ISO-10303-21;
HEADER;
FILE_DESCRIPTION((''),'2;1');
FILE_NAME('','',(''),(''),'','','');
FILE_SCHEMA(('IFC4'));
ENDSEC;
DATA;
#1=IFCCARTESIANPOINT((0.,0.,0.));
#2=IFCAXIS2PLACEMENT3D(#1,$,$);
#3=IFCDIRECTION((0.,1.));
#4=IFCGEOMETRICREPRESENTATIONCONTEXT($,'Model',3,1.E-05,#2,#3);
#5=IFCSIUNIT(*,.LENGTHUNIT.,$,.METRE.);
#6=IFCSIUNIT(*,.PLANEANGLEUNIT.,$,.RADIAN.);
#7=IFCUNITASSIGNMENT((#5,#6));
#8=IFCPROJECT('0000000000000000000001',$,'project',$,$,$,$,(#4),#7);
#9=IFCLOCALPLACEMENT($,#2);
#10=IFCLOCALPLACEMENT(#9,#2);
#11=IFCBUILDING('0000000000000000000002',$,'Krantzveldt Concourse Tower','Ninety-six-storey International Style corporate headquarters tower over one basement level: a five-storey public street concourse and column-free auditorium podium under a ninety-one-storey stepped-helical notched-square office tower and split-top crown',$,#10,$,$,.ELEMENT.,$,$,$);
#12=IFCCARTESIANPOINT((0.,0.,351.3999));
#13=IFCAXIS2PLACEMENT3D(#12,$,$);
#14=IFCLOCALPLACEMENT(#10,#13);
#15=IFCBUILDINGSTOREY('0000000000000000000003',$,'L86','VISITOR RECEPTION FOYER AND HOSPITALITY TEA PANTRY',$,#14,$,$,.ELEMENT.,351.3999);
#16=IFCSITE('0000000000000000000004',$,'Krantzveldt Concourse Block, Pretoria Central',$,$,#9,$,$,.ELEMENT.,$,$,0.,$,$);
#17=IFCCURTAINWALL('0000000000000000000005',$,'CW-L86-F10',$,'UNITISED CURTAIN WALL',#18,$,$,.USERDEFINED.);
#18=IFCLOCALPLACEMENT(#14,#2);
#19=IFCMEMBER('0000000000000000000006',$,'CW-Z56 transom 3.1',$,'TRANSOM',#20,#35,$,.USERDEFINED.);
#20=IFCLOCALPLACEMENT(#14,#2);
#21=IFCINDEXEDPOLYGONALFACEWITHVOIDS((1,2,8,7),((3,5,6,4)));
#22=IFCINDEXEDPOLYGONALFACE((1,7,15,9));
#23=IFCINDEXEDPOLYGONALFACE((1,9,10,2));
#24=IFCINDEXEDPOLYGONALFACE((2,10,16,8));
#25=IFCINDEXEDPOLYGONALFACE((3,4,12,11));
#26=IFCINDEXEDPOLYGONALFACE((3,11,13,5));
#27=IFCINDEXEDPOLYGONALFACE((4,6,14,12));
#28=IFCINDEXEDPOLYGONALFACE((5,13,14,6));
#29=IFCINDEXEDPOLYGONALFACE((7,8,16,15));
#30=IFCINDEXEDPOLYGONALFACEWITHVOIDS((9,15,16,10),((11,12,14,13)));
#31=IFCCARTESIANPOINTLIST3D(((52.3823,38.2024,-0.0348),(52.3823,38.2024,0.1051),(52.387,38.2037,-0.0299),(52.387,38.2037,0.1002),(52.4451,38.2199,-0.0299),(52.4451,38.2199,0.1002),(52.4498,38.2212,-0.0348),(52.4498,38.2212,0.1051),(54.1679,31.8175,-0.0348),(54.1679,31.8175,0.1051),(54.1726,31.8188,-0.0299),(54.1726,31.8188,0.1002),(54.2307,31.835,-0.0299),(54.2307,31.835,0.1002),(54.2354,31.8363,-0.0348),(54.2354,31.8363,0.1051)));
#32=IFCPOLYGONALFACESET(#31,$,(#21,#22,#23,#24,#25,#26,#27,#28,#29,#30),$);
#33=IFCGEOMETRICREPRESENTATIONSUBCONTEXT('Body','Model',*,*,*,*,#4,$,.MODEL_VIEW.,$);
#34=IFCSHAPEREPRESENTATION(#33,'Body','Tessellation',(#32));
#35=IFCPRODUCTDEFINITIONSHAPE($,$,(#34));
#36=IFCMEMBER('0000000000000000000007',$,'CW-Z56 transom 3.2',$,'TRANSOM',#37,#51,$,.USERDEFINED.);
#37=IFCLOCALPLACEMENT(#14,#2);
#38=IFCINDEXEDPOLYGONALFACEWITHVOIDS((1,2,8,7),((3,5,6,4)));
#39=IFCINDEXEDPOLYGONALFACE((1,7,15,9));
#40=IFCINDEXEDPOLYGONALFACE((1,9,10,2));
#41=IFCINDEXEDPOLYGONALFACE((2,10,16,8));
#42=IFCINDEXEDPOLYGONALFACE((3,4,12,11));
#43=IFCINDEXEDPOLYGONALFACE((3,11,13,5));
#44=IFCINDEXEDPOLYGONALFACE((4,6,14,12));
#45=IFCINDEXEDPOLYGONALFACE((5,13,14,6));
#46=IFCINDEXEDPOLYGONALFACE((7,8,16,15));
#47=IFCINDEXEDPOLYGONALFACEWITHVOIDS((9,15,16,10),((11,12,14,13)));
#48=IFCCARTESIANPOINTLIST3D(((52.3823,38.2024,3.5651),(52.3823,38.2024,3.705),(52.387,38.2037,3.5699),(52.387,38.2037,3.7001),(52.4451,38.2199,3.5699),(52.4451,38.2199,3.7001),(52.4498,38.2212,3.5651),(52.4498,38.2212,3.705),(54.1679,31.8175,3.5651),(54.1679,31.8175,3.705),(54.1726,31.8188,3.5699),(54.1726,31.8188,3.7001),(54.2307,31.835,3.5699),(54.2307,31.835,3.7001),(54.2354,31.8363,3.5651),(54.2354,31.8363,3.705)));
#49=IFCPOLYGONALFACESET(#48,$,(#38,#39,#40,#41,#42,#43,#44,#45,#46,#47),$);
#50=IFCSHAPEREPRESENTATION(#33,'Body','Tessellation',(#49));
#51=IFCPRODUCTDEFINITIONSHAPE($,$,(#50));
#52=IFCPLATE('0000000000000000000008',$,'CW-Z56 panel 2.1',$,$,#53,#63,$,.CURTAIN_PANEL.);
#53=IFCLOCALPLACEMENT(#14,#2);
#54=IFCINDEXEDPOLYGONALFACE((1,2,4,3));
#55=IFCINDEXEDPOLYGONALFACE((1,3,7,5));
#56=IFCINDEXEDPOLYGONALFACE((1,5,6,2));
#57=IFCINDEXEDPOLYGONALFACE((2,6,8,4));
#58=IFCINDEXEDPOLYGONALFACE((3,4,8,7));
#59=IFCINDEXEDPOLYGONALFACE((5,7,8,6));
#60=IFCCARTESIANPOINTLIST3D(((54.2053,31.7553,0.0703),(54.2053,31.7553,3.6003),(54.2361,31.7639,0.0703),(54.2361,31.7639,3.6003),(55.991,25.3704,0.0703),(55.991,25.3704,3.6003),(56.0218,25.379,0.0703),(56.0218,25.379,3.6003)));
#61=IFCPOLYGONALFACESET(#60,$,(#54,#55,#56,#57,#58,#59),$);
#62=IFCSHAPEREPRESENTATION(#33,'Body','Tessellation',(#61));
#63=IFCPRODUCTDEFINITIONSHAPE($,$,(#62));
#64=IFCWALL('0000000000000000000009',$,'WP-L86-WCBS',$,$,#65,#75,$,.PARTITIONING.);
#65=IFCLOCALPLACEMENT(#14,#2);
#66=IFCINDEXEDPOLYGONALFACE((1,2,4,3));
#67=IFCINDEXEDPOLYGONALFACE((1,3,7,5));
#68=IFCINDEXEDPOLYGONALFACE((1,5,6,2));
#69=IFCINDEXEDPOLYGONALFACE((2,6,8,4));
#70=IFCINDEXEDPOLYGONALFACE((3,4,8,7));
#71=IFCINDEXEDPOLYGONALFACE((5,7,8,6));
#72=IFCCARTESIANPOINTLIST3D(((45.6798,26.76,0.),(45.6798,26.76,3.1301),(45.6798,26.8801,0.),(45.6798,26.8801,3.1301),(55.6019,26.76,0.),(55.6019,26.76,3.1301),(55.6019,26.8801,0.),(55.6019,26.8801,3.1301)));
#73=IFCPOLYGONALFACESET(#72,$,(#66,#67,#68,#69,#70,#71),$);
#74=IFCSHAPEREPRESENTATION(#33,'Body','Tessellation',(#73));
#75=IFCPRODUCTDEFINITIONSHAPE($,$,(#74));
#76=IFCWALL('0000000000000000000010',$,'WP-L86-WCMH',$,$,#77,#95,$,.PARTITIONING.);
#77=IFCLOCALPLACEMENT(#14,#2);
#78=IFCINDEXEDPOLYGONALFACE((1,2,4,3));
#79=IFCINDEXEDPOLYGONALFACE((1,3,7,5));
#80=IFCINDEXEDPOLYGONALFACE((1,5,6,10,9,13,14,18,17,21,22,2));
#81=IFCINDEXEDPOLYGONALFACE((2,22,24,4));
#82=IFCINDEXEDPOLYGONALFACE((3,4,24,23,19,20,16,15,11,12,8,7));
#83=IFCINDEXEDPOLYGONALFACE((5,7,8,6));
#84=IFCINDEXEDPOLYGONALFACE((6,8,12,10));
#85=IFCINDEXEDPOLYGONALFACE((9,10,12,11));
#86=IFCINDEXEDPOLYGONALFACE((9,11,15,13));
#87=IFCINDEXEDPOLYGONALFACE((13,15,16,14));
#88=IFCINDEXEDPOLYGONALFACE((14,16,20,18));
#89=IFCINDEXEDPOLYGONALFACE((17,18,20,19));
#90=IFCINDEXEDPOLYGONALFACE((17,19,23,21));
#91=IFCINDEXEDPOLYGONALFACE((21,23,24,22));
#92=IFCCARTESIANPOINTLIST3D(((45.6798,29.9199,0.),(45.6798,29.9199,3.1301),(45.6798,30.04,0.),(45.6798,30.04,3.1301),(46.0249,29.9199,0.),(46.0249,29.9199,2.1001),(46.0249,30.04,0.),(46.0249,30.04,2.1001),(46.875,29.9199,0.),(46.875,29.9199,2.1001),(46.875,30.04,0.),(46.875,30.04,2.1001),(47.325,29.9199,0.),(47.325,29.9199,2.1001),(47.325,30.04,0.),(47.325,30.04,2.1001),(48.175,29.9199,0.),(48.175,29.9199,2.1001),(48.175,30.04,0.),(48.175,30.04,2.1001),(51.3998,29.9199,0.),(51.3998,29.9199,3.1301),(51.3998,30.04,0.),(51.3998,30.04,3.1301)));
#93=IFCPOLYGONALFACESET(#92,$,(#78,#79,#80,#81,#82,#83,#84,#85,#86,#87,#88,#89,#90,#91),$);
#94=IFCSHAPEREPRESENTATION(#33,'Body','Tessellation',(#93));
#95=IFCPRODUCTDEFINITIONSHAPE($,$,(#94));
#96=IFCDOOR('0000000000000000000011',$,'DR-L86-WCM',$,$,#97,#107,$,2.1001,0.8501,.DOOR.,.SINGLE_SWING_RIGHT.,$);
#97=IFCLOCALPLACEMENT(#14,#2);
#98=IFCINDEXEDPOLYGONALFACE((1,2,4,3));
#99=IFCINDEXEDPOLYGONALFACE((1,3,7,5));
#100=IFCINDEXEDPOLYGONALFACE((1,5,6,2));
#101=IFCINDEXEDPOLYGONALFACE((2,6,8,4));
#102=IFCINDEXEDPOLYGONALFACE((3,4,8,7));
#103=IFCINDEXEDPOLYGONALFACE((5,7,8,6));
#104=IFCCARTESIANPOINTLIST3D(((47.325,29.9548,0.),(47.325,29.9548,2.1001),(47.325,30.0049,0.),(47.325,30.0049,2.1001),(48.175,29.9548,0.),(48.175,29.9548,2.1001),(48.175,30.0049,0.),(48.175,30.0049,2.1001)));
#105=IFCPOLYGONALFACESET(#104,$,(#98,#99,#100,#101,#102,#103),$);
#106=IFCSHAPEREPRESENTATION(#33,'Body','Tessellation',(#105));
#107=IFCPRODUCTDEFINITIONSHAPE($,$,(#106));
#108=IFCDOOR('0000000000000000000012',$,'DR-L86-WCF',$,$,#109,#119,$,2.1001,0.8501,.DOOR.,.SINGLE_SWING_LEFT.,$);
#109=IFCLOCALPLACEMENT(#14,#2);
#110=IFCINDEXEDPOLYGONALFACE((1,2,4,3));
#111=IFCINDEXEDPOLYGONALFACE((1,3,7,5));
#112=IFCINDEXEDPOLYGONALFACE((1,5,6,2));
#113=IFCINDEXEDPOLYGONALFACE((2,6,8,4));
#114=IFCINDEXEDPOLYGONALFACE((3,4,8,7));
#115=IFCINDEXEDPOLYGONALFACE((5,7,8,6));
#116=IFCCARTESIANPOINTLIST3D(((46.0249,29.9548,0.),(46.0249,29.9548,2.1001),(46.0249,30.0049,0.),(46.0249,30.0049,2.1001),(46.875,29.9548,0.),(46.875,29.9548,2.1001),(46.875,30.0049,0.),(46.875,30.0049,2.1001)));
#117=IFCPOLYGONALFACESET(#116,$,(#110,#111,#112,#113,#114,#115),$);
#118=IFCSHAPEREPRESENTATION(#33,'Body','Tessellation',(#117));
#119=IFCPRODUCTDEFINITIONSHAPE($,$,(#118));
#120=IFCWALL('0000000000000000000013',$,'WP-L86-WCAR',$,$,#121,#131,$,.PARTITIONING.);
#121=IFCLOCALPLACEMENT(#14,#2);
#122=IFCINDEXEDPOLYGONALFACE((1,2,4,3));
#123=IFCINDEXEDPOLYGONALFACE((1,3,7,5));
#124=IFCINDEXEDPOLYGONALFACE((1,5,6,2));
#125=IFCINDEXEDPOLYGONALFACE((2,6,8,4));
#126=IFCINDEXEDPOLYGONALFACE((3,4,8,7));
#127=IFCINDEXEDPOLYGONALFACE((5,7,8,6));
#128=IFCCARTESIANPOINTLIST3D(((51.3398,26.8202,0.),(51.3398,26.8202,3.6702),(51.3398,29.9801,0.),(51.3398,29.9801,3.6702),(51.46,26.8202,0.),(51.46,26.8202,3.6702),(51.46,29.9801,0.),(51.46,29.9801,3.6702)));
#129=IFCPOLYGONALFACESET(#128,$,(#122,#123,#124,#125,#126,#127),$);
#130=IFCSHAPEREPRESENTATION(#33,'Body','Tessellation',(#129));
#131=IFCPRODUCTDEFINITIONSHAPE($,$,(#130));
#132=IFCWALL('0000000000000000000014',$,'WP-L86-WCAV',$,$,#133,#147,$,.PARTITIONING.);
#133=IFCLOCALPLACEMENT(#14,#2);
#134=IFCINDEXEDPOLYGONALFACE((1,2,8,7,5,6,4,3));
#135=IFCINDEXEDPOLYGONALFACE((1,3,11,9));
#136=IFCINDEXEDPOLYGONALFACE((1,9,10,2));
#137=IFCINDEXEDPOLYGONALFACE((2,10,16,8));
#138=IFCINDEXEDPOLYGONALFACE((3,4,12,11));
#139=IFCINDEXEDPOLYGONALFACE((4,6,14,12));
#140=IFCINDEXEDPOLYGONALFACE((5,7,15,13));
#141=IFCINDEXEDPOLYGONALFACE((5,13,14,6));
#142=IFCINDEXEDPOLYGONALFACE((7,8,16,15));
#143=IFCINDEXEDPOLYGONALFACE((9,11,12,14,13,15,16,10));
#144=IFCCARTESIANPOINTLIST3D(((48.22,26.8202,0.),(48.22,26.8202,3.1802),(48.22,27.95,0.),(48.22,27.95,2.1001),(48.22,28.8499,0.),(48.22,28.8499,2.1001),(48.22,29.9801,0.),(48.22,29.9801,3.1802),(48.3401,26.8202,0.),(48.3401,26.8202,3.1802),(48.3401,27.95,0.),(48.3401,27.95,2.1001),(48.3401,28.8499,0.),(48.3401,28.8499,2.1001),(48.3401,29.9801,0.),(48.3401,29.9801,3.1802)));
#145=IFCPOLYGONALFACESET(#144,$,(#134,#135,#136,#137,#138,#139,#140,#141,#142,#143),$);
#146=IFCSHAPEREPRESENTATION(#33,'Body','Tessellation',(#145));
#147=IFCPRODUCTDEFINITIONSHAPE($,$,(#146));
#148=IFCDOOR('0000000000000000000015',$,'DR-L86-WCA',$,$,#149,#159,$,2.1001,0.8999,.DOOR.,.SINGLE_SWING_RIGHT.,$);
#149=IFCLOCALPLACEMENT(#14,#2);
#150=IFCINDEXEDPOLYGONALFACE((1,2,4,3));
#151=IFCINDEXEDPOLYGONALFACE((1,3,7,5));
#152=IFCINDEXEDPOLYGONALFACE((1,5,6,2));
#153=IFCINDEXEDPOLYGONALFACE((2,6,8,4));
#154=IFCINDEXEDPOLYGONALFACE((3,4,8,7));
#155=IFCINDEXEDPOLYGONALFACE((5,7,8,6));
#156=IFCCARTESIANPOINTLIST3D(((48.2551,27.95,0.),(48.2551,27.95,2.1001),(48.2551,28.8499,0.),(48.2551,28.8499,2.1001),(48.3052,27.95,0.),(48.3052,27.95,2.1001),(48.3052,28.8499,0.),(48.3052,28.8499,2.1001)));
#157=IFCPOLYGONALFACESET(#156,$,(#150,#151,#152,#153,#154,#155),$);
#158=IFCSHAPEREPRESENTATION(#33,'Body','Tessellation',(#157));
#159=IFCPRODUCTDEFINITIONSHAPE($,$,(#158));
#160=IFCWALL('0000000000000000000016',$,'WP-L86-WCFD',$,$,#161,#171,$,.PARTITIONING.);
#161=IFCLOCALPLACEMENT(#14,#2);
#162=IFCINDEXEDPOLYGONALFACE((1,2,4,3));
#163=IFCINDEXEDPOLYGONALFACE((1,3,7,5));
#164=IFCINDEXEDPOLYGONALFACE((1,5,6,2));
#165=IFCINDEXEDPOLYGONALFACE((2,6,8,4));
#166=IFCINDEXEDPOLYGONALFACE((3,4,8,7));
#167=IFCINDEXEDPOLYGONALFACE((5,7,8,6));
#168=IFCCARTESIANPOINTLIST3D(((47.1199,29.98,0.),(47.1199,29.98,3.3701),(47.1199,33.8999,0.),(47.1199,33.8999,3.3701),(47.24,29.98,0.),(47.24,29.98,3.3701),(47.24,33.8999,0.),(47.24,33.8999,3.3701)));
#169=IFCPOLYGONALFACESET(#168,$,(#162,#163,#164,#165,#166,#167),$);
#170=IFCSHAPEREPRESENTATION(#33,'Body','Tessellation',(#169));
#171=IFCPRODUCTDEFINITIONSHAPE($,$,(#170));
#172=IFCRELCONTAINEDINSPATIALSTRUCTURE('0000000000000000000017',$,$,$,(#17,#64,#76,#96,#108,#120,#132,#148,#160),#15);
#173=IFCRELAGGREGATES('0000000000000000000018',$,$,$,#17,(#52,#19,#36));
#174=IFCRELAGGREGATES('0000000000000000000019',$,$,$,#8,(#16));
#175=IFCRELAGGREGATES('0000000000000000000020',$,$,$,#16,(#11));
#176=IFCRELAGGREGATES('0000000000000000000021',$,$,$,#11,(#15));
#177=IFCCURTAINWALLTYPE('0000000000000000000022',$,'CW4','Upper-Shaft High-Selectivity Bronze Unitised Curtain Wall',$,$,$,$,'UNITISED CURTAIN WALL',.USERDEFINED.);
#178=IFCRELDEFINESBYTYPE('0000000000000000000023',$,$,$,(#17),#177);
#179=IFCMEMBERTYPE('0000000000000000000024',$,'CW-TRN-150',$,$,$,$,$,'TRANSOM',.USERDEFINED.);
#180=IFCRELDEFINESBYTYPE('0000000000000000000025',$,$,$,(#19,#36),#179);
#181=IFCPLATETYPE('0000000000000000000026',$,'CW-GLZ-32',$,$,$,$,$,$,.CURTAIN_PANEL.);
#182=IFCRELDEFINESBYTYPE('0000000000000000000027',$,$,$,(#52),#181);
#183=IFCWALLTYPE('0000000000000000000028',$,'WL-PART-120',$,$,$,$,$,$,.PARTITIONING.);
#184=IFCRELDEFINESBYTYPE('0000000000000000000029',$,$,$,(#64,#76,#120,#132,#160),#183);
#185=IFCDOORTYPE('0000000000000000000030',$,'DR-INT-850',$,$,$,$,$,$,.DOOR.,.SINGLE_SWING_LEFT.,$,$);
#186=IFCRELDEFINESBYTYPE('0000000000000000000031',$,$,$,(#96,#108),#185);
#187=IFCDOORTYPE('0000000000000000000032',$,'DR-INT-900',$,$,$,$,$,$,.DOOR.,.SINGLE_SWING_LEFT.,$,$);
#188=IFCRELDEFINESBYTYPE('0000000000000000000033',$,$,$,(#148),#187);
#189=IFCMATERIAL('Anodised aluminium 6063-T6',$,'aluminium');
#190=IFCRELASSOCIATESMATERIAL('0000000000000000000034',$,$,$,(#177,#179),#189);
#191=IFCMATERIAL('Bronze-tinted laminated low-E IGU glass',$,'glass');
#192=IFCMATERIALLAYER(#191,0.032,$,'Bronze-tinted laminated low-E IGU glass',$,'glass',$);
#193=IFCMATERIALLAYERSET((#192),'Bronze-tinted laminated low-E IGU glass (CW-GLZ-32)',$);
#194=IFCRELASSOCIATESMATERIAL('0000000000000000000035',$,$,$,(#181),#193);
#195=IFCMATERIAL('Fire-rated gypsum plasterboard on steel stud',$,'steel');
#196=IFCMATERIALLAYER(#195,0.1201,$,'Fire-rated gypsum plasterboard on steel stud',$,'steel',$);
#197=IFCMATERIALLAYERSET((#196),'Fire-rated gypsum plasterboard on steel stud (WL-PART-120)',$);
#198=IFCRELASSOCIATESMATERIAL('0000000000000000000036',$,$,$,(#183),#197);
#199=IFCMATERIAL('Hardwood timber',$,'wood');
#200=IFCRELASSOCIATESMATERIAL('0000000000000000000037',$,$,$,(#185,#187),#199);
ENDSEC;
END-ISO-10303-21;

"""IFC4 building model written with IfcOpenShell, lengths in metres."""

from ifc_helpers import new_model, si_unit, direction, frame, frame_2d, origin, origin_2d, place, context, subcontext, project, spatial, rectangle, hollow_rectangle, extrude, source, transform, mapped, material, layer, layer_set, material_profile, profile_set, type_object, type_shapes, element, fill, aggregate, save


model = new_model("IFC4")

# Units and contexts
model_context = context("Model", 3, precision=1e-05, world=origin(), true_north=direction((0.0, 1.0)))
body_context = subcontext(model_context, "Body", "Model", "MODEL_VIEW")
ifc_project = project(units=[si_unit("LENGTHUNIT", "METRE"), si_unit("PLANEANGLEUNIT", "RADIAN")], contexts=[model_context])

# Site, building, storey
site_placement = place(None, origin())
site = spatial("IfcSite", under=ifc_project, at=site_placement, Name="Krantzveldt Concourse Block, Pretoria Central", CompositionType="ELEMENT", RefElevation=0.0)
building_placement = place(site_placement, origin())
building = spatial("IfcBuilding", under=site, at=building_placement, Name="Krantzveldt Concourse Tower", Description="Ninety-six-storey International Style corporate headquarters tower over one basement level: a five-storey public street concourse and column-free auditorium podium under a ninety-one-storey stepped-helical notched-square office tower and split-top crown", CompositionType="ELEMENT")
storey_placement = place(building_placement, frame((0.0, 0.0, 351.3999)))
storey = spatial("IfcBuildingStorey", under=building, at=storey_placement, Name="L86", Description="VISITOR RECEPTION FOYER AND HOSPITALITY TEA PANTRY", CompositionType="ELEMENT", Elevation=351.3999)

# Curtain wall, members, plate
ifc_material_1 = material(Name="Anodised aluminium 6063-T6", Category="aluminium")
curtain_wall_type = type_object("IfcCurtainWallType", Name="CW4", Description="Upper-Shaft High-Selectivity Bronze Unitised Curtain Wall", ElementType="UNITISED CURTAIN WALL", PredefinedType="USERDEFINED", material=ifc_material_1)
curtain_wall_placement = place(storey_placement, origin())
curtain_wall = element("IfcCurtainWall", 1, at=curtain_wall_placement, inside=storey, type_object=curtain_wall_type, Name="CW-L86-F10", ObjectType="UNITISED CURTAIN WALL", PredefinedType="USERDEFINED")
ifc_material_profile_1 = material_profile(ifc_material_1, hollow_rectangle(XDim=0.0701, YDim=0.1399, WallThickness=0.0049, at=origin_2d()), Name="Anodised aluminium 6063-T6", Category="aluminium")
ifc_profile_set_1 = profile_set([ifc_material_profile_1], Name="Anodised aluminium 6063-T6 - ALU-TRAN 140x70x5")
member_type_1 = type_object("IfcMemberType", Name="CW-TRN-150", ElementType="TRANSOM", PredefinedType="USERDEFINED", material=ifc_profile_set_1)
shared_shape_1 = source(origin(), body_context, "Body", "SweptSolid", [
    extrude(hollow_rectangle(XDim=0.0701, YDim=0.1399, WallThickness=0.0049, at=origin_2d()), origin(), (0.0, 0.0, 1.0), 6.6299),
])
type_shapes(member_type_1, [shared_shape_1])
member_1_placement = place(storey_placement, frame((54.2017, 31.8269, 0.0352), z_axis=(-0.269328, 0.963048, 0.0), x_axis=(-0.963048, -0.269328, 0.0)))
member_1 = element("IfcMember", 2, at=member_1_placement, type_object=member_type_1, Name="CW-Z56 transom 3.1", ObjectType="TRANSOM", PredefinedType="USERDEFINED", context=body_context, shape_type="MappedRepresentation", body=[
    mapped(shared_shape_1, transform((0.0, 0.0, 0.0), x_axis=(1.0, 0.0, 0.0), y_axis=(0.0, 1.0, 0.0), z_axis=(0.0, 0.0, 1.0), scale=1.0)),
])
member_2_placement = place(storey_placement, frame((54.2017, 31.8269, 3.635), z_axis=(-0.269328, 0.963048, 0.0), x_axis=(-0.963048, -0.269328, 0.0)))
member_2 = element("IfcMember", 3, at=member_2_placement, type_object=member_type_1, Name="CW-Z56 transom 3.2", ObjectType="TRANSOM", PredefinedType="USERDEFINED", context=body_context, shape_type="MappedRepresentation", body=[
    mapped(shared_shape_1, transform((0.0, 0.0, 0.0), x_axis=(1.0, 0.0, 0.0), y_axis=(0.0, 1.0, 0.0), z_axis=(0.0, 0.0, 1.0), scale=1.0)),
])
ifc_material_2 = material(Name="Bronze-tinted laminated low-E IGU glass", Category="glass")
ifc_layer_1 = layer(ifc_material_2, 0.032, Name="Bronze-tinted laminated low-E IGU glass", Category="glass")
ifc_layer_set_1 = layer_set([ifc_layer_1], Name="Bronze-tinted laminated low-E IGU glass (CW-GLZ-32)")
plate_type = type_object("IfcPlateType", Name="CW-GLZ-32", PredefinedType="CURTAIN_PANEL", material=ifc_layer_set_1)
shared_shape_2 = source(origin(), body_context, "Body", "SweptSolid", [
    extrude(rectangle(XDim=6.6299, YDim=0.032, at=origin_2d()), origin(), (0.0, 0.0, 1.0), 3.53),
])
type_shapes(plate_type, [shared_shape_2])
plate_placement = place(storey_placement, frame((55.1135, 28.5671, 0.0703), z_axis=(0.0, 0.0, 1.0), x_axis=(-0.26934, 0.963045, 0.0)))
plate = element("IfcPlate", 4, at=plate_placement, type_object=plate_type, Name="CW-Z56 panel 2.1", PredefinedType="CURTAIN_PANEL", context=body_context, shape_type="MappedRepresentation", body=[
    mapped(shared_shape_2, transform((0.0, 0.0, 0.0), x_axis=(1.0, 0.0, 0.0), y_axis=(0.0, 1.0, 0.0), z_axis=(0.0, 0.0, 1.0), scale=1.0)),
])
aggregate(curtain_wall, [plate, member_1, member_2])

# Wall
ifc_material_3 = material(Name="Fire-rated gypsum plasterboard on steel stud", Category="steel")
ifc_layer_2 = layer(ifc_material_3, 0.1201, Name="Fire-rated gypsum plasterboard on steel stud", Category="steel")
ifc_layer_set_2 = layer_set([ifc_layer_2], Name="Fire-rated gypsum plasterboard on steel stud (WL-PART-120)")
wall_type_1 = type_object("IfcWallType", Name="WL-PART-120", PredefinedType="PARTITIONING", material=ifc_layer_set_2)
wall_1_placement = place(storey_placement, frame((45.6799, 26.8201, 0.0), z_axis=(0.0, 0.0, 1.0), x_axis=(1.0, 0.0, 0.0)))
element("IfcWall", 5, at=wall_1_placement, inside=storey, type_object=wall_type_1, Name="WP-L86-WCBS", PredefinedType="PARTITIONING", context=body_context, shape_type="SweptSolid", body=[
    extrude(rectangle(XDim=9.9221, YDim=0.1201, at=frame_2d((4.9609, 0.0))), origin(), (0.0, 0.0, 1.0), 3.1301),
])

# Wall, openings, doors
wall_2_placement = place(storey_placement, frame((45.6799, 29.98, 0.0), z_axis=(0.0, 0.0, 1.0), x_axis=(1.0, 0.0, 0.0)))
wall_2 = element("IfcWall", 6, at=wall_2_placement, inside=storey, type_object=wall_type_1, Name="WP-L86-WCMH", PredefinedType="PARTITIONING", context=body_context, shape_type="SweptSolid", body=[
    extrude(rectangle(XDim=5.72, YDim=0.1201, at=frame_2d((2.8599, 0.0))), origin(), (0.0, 0.0, 1.0), 3.1301),
])
opening_1_placement = place(wall_2_placement, frame((1.645, 0.0, 0.0)))
opening_1 = element("IfcOpeningElement", 7, at=opening_1_placement, cuts=wall_2, PredefinedType="OPENING", context=body_context, shape_type="SweptSolid", body=[
    extrude(rectangle(XDim=0.8501, YDim=2.1001, at=frame_2d((0.425, 1.05))), frame((0.0, 0.0701, 0.0), z_axis=(0.0, -1.0, 0.0), x_axis=(1.0, 0.0, 0.0)), (0.0, 0.0, 1.0), 0.1401),
])
opening_2_placement = place(wall_2_placement, frame((0.345, 0.0, 0.0)))
opening_2 = element("IfcOpeningElement", 8, at=opening_2_placement, cuts=wall_2, PredefinedType="OPENING", context=body_context, shape_type="SweptSolid", body=[
    extrude(rectangle(XDim=0.8501, YDim=2.1001, at=frame_2d((0.425, 1.05))), frame((0.0, 0.0701, 0.0), z_axis=(0.0, -1.0, 0.0), x_axis=(1.0, 0.0, 0.0)), (0.0, 0.0, 1.0), 0.1401),
])
ifc_material_4 = material(Name="Hardwood timber", Category="wood")
door_type_1 = type_object("IfcDoorType", Name="DR-INT-850", OperationType="SINGLE_SWING_LEFT", PredefinedType="DOOR", material=ifc_material_4)
door_1_placement = place(opening_1_placement, origin())
door_1 = element("IfcDoor", 9, at=door_1_placement, inside=storey, type_object=door_type_1, Name="DR-L86-WCM", OperationType="SINGLE_SWING_RIGHT", OverallHeight=2.1001, OverallWidth=0.8501, PredefinedType="DOOR", context=body_context, shape_type="SweptSolid", body=[
    extrude(rectangle(XDim=0.8501, YDim=2.1001, at=frame_2d((0.425, 1.05))), frame((0.0, 0.0249, 0.0), z_axis=(0.0, -1.0, 0.0), x_axis=(1.0, 0.0, 0.0)), (0.0, 0.0, 1.0), 0.05),
])
fill(opening_1, door_1)
door_2_placement = place(opening_2_placement, origin())
door_2 = element("IfcDoor", 10, at=door_2_placement, inside=storey, type_object=door_type_1, Name="DR-L86-WCF", OperationType="SINGLE_SWING_LEFT", OverallHeight=2.1001, OverallWidth=0.8501, PredefinedType="DOOR", context=body_context, shape_type="SweptSolid", body=[
    extrude(rectangle(XDim=0.8501, YDim=2.1001, at=frame_2d((0.425, 1.05))), frame((0.0, 0.0249, 0.0), z_axis=(0.0, -1.0, 0.0), x_axis=(1.0, 0.0, 0.0)), (0.0, 0.0, 1.0), 0.05),
])
fill(opening_2, door_2)

# Wall
wall_3_placement = place(storey_placement, frame((51.3999, 26.8201, 0.0), z_axis=(0.0, 0.0, 1.0), x_axis=(0.0, 1.0, 0.0)))
element("IfcWall", 11, at=wall_3_placement, inside=storey, type_object=wall_type_1, Name="WP-L86-WCAR", PredefinedType="PARTITIONING", context=body_context, shape_type="SweptSolid", body=[
    extrude(rectangle(XDim=3.1599, YDim=0.1201, at=frame_2d((1.5801, 0.0))), origin(), (0.0, 0.0, 1.0), 3.6702),
])

# Wall, opening, door
wall_4_placement = place(storey_placement, frame((48.28, 26.8201, 0.0), z_axis=(0.0, 0.0, 1.0), x_axis=(0.0, 1.0, 0.0)))
wall_4 = element("IfcWall", 12, at=wall_4_placement, inside=storey, type_object=wall_type_1, Name="WP-L86-WCAV", PredefinedType="PARTITIONING", context=body_context, shape_type="SweptSolid", body=[
    extrude(rectangle(XDim=3.1599, YDim=0.1201, at=frame_2d((1.5801, 0.0))), origin(), (0.0, 0.0, 1.0), 3.1802),
])
opening_3_placement = place(wall_4_placement, frame((1.1299, 0.0, 0.0)))
opening_3 = element("IfcOpeningElement", 13, at=opening_3_placement, cuts=wall_4, PredefinedType="OPENING", context=body_context, shape_type="SweptSolid", body=[
    extrude(rectangle(XDim=0.8999, YDim=2.1001, at=frame_2d((0.45, 1.05))), frame((0.0, 0.0701, 0.0), z_axis=(0.0, -1.0, 0.0), x_axis=(1.0, 0.0, 0.0)), (0.0, 0.0, 1.0), 0.1401),
])
door_type_2 = type_object("IfcDoorType", Name="DR-INT-900", OperationType="SINGLE_SWING_LEFT", PredefinedType="DOOR", material=ifc_material_4)
door_3_placement = place(opening_3_placement, origin())
door_3 = element("IfcDoor", 14, at=door_3_placement, inside=storey, type_object=door_type_2, Name="DR-L86-WCA", OperationType="SINGLE_SWING_RIGHT", OverallHeight=2.1001, OverallWidth=0.8999, PredefinedType="DOOR", context=body_context, shape_type="SweptSolid", body=[
    extrude(rectangle(XDim=0.8999, YDim=2.1001, at=frame_2d((0.45, 1.05))), frame((0.0, 0.0249, 0.0), z_axis=(0.0, -1.0, 0.0), x_axis=(1.0, 0.0, 0.0)), (0.0, 0.0, 1.0), 0.05),
])
fill(opening_3, door_3)

# Wall
wall_5_placement = place(storey_placement, frame((47.1799, 29.98, 0.0), z_axis=(0.0, 0.0, 1.0), x_axis=(0.0, 1.0, 0.0)))
element("IfcWall", 15, at=wall_5_placement, inside=storey, type_object=wall_type_1, Name="WP-L86-WCFD", PredefinedType="PARTITIONING", context=body_context, shape_type="SweptSolid", body=[
    extrude(rectangle(XDim=3.9199, YDim=0.1201, at=frame_2d((1.96, 0.0))), origin(), (0.0, 0.0, 1.0), 3.3701),
])

save(model, "model.ifc")
